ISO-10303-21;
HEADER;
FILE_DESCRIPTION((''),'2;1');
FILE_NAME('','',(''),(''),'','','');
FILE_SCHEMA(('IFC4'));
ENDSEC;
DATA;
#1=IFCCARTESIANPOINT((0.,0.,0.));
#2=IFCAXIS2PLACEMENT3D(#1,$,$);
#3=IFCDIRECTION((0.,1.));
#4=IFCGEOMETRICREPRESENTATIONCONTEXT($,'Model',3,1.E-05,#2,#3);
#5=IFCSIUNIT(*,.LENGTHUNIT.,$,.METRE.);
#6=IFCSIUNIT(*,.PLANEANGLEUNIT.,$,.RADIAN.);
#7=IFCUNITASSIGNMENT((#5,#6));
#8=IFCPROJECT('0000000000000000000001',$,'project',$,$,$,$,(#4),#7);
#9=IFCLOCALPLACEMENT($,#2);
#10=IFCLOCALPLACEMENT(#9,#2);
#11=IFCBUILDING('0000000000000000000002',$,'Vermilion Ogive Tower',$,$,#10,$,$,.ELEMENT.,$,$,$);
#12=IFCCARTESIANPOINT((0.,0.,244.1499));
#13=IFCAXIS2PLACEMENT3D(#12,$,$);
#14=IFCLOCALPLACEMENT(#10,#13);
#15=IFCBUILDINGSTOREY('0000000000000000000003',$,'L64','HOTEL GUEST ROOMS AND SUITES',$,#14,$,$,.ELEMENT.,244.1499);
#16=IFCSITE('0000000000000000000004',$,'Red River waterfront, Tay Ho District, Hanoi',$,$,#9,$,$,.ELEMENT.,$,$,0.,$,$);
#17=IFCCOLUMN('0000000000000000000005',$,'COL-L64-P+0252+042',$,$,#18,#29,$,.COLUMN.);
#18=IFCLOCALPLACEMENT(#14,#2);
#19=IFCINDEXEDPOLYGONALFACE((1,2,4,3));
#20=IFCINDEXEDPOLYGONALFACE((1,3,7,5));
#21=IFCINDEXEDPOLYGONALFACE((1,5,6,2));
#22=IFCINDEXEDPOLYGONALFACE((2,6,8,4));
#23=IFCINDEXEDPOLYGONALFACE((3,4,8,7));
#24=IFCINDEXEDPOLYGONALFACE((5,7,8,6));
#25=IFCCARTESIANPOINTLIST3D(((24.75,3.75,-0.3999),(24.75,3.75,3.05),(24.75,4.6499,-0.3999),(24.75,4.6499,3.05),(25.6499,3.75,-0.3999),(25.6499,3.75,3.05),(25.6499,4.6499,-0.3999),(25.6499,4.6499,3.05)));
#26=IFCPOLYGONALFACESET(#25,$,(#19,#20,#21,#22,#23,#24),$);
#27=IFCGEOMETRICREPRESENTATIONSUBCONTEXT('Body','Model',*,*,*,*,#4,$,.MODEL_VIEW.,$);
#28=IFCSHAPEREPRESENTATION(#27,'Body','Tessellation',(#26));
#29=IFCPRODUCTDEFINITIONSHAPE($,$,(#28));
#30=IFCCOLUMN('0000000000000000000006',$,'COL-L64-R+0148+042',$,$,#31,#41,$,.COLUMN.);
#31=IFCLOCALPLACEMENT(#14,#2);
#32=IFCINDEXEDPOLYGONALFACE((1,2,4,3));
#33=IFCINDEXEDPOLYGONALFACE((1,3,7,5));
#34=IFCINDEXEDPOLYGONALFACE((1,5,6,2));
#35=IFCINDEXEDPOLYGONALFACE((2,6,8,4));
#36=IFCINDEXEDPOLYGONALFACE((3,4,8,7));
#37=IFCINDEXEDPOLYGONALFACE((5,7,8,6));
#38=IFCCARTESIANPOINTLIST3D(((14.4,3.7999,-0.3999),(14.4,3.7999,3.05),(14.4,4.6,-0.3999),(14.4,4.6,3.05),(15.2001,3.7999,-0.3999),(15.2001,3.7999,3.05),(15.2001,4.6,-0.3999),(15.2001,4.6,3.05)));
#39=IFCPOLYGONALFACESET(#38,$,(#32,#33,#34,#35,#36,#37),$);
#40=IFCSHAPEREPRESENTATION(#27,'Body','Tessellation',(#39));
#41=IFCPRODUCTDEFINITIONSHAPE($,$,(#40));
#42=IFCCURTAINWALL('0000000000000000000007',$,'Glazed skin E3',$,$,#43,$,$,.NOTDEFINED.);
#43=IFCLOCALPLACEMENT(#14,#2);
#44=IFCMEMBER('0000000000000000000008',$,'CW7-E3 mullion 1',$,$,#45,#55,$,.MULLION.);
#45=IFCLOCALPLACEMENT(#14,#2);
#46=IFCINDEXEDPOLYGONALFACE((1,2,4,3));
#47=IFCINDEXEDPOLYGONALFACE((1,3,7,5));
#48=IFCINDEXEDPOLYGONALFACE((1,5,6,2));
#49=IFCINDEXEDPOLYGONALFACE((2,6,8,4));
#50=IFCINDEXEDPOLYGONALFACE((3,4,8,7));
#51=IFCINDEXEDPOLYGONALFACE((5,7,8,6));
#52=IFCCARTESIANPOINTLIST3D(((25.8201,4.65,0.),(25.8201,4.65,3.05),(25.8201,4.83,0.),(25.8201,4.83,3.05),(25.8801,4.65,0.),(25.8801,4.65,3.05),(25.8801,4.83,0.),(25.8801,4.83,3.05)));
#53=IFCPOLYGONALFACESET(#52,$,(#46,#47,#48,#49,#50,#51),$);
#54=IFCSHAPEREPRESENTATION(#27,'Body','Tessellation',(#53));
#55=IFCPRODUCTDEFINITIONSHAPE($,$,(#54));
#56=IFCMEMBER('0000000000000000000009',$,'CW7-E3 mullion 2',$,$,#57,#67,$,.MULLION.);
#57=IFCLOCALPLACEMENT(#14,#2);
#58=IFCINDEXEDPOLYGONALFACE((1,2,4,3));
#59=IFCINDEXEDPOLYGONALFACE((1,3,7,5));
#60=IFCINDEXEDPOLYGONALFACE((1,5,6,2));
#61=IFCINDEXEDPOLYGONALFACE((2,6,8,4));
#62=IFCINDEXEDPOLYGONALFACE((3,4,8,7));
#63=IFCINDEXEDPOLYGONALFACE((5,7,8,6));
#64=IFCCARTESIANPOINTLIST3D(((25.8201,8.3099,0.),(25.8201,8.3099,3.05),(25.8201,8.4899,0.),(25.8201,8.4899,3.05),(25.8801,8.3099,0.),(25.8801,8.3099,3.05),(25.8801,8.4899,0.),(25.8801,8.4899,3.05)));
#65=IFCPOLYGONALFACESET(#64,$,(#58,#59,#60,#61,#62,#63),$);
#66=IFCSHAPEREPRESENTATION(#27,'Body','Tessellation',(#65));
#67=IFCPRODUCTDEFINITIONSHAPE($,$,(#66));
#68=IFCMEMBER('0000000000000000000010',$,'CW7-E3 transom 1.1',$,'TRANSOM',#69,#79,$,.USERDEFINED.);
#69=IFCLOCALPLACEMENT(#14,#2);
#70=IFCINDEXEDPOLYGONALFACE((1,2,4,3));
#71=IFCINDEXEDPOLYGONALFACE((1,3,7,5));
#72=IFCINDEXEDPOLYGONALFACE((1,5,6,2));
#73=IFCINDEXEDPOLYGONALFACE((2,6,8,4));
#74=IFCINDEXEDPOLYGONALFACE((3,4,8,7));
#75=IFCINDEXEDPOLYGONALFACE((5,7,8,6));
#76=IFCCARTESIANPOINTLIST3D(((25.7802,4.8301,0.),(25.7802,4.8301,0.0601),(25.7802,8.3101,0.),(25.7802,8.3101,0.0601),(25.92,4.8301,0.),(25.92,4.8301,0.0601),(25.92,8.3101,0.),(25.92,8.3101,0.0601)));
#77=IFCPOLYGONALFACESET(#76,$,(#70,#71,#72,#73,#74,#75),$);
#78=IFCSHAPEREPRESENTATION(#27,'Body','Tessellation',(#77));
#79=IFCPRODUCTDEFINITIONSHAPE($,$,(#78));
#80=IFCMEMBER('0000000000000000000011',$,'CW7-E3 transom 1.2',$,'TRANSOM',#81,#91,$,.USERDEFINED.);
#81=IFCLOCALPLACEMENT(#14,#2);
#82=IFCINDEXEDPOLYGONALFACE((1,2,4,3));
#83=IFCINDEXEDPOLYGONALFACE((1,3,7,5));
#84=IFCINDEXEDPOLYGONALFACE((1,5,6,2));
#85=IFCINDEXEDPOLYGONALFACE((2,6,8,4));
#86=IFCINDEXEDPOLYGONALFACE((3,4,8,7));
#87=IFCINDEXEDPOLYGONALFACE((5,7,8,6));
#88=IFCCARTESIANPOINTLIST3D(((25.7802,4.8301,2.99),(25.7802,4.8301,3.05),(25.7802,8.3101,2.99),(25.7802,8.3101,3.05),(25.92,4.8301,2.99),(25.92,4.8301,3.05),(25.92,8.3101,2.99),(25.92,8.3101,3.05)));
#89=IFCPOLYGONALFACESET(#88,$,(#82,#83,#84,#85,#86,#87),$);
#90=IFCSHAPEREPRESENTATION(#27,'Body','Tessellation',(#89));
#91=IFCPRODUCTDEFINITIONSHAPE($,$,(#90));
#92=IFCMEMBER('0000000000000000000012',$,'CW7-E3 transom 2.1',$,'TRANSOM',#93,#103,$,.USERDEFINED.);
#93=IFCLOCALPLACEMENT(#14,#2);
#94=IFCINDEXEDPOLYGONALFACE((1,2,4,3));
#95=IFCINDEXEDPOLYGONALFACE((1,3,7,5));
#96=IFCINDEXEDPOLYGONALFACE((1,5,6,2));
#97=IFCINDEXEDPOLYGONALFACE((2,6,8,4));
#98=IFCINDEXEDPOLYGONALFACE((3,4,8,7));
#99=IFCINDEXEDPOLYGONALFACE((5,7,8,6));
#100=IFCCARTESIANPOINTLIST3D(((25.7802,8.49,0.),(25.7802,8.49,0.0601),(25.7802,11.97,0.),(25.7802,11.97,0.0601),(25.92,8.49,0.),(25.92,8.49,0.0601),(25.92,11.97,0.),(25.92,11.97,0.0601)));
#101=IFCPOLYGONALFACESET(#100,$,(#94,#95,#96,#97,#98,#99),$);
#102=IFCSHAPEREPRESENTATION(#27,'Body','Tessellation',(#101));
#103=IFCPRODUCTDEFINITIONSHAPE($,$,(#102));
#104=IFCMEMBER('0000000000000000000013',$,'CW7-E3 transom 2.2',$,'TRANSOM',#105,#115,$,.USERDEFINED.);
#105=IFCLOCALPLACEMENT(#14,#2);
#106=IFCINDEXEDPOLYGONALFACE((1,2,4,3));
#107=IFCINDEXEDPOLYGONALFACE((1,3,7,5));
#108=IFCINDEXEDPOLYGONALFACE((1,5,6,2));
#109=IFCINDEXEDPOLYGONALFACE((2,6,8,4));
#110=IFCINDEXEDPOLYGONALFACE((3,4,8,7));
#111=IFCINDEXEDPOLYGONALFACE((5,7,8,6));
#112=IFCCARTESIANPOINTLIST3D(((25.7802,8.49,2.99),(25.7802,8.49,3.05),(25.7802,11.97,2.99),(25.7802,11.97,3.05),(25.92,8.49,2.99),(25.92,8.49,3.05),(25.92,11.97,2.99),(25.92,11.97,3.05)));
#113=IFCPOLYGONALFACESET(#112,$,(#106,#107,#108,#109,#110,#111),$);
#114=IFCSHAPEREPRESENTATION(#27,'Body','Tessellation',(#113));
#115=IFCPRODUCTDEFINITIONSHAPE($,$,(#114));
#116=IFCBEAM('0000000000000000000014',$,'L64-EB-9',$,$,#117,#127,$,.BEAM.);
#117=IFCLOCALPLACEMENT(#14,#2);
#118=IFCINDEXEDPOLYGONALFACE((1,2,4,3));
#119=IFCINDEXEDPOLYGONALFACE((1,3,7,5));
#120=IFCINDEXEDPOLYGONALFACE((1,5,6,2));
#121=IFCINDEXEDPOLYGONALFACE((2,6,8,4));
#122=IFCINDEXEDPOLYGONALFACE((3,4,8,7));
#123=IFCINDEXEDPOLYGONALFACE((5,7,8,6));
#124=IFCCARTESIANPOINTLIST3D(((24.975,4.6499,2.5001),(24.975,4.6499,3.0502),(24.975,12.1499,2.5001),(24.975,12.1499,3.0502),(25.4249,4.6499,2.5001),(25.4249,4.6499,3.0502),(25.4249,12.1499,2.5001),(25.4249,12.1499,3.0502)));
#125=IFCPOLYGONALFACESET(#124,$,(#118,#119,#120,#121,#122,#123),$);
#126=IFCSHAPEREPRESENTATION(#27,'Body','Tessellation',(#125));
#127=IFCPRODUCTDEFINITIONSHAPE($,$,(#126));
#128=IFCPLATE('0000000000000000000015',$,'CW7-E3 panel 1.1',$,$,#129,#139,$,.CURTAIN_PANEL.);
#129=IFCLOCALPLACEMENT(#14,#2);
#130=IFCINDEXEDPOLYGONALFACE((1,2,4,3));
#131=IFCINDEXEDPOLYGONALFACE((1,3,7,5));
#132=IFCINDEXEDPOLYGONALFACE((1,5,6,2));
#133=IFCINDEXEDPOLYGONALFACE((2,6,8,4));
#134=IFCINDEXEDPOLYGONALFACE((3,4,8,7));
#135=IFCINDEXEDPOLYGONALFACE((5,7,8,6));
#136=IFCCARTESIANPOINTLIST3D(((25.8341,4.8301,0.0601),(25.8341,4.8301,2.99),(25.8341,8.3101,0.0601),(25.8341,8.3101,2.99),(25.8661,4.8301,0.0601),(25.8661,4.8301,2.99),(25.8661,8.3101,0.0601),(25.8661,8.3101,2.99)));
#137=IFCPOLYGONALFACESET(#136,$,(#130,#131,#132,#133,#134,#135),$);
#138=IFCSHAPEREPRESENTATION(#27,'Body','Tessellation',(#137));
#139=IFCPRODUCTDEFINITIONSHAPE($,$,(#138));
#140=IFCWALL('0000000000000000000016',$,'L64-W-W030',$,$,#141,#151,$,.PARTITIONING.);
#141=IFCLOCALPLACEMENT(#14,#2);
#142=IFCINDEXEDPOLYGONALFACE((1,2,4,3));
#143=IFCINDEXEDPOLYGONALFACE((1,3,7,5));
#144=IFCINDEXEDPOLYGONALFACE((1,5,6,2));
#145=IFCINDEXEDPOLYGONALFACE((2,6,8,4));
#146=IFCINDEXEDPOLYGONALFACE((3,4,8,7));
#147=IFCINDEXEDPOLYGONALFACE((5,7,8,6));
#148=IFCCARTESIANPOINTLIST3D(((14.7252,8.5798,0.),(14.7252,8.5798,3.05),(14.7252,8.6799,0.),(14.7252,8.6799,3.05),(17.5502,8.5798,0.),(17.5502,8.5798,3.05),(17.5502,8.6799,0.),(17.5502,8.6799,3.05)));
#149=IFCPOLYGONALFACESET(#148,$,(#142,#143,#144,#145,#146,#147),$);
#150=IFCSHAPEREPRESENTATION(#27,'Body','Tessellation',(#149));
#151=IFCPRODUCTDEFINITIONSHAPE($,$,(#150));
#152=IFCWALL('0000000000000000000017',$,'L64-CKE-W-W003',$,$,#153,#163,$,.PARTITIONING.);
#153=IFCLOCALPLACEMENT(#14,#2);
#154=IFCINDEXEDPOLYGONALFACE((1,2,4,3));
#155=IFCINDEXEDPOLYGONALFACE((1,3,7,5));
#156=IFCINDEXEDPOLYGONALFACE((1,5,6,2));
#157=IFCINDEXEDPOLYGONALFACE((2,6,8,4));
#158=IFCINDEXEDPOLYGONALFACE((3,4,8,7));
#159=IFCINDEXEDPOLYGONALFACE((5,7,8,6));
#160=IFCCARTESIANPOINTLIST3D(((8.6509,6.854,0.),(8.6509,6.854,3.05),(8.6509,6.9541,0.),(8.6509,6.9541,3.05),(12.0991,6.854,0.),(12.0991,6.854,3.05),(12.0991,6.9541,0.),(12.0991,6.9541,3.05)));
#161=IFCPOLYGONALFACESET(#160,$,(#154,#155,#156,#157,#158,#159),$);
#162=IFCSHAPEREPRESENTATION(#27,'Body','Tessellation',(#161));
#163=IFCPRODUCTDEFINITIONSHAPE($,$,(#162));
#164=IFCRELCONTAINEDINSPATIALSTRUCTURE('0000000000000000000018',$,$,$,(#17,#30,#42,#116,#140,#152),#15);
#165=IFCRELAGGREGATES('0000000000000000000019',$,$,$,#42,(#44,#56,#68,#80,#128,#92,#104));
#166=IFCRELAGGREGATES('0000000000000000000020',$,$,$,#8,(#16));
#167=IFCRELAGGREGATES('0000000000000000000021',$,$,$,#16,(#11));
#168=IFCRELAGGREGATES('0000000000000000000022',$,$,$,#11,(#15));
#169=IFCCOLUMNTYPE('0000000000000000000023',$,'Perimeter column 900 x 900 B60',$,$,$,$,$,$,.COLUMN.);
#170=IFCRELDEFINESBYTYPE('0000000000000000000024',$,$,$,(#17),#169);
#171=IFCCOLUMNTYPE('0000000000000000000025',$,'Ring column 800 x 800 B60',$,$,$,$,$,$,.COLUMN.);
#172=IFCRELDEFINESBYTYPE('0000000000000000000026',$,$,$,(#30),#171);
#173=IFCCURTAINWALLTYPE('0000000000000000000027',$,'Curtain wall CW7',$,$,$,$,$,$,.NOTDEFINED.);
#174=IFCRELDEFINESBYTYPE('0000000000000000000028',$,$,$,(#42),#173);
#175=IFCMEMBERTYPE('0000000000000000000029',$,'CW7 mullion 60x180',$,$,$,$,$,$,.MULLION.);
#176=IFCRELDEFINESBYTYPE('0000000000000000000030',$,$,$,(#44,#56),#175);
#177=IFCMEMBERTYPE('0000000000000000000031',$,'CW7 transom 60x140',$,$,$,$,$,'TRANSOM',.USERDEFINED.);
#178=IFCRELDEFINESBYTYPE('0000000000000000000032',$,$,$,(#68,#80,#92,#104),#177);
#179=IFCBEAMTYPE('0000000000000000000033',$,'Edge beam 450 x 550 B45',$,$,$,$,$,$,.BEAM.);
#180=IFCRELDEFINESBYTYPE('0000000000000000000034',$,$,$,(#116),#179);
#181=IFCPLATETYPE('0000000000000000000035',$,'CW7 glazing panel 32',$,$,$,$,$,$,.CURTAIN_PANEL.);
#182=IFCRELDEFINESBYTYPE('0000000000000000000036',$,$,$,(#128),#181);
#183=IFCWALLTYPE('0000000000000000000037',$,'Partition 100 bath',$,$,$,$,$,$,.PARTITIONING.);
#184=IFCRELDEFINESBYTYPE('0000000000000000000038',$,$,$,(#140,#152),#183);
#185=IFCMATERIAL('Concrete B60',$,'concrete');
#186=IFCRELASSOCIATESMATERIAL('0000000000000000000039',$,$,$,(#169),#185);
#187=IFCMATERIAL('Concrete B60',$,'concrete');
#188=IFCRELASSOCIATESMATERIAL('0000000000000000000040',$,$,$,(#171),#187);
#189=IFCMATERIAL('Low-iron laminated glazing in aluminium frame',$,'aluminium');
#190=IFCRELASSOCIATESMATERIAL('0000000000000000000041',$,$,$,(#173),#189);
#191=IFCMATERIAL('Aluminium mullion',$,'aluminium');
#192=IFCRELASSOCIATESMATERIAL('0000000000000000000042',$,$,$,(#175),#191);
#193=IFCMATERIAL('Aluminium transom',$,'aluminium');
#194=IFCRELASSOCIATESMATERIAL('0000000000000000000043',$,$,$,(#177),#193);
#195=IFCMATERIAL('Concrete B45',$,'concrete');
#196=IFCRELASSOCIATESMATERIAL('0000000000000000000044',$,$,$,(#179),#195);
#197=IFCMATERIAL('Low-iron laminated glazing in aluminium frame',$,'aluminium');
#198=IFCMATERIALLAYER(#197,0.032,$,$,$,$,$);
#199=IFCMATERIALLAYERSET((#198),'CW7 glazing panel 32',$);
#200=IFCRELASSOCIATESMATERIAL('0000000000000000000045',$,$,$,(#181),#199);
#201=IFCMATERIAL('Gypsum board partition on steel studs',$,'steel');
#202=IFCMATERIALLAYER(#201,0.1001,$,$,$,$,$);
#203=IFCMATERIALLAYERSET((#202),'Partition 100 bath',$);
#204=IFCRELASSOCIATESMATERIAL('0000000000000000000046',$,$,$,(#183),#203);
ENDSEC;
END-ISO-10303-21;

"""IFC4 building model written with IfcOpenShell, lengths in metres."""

from ifc_helpers import new_model, si_unit, direction, frame, frame_2d, origin, origin_2d, place, context, subcontext, project, spatial, rectangle, extrude, material, layer, layer_set, material_profile, profile_set, type_object, element, aggregate, save


model = new_model("IFC4")

# Units and contexts
model_context = context("Model", 3, precision=1e-05, world=origin(), true_north=direction((0.0, 1.0)))
body_context = subcontext(model_context, "Body", "Model", "MODEL_VIEW")
ifc_project = project(units=[si_unit("LENGTHUNIT", "METRE"), si_unit("PLANEANGLEUNIT", "RADIAN")], contexts=[model_context])

# Site, building, storey
site_placement = place(None, origin())
site = spatial("IfcSite", under=ifc_project, at=site_placement, Name="Red River waterfront, Tay Ho District, Hanoi", CompositionType="ELEMENT", RefElevation=0.0)
building_placement = place(site_placement, origin())
building = spatial("IfcBuilding", under=site, at=building_placement, Name="Vermilion Ogive Tower", CompositionType="ELEMENT")
storey_placement = place(building_placement, frame((0.0, 0.0, 244.1499)))
storey = spatial("IfcBuildingStorey", under=building, at=storey_placement, Name="L64", Description="HOTEL GUEST ROOMS AND SUITES", CompositionType="ELEMENT", Elevation=244.1499)

# Columns
ifc_material_1 = material(Name="Concrete B60", Category="concrete")
ifc_material_profile_1 = material_profile(ifc_material_1, rectangle(XDim=0.8999, YDim=0.8999, at=origin_2d()), Name="900 x 900")
ifc_profile_set_1 = profile_set([ifc_material_profile_1], Name="Concrete B60")
column_type_1 = type_object("IfcColumnType", Name="Perimeter column 900 x 900 B60", PredefinedType="COLUMN", material=ifc_profile_set_1)
column_1_placement = place(storey_placement, frame((25.2, 4.2, -0.3999), z_axis=(0.0, 0.0, 1.0), x_axis=(1.0, 0.0, 0.0)))
element("IfcColumn", 1, at=column_1_placement, inside=storey, type_object=column_type_1, Name="COL-L64-P+0252+042", PredefinedType="COLUMN", context=body_context, shape_type="SweptSolid", body=[
    extrude(rectangle(XDim=0.8999, YDim=0.8999, at=origin_2d()), origin(), (0.0, 0.0, 1.0), 3.45),
])
ifc_material_2 = material(Name="Concrete B60", Category="concrete")
ifc_material_profile_2 = material_profile(ifc_material_2, rectangle(XDim=0.8, YDim=0.8, at=origin_2d()), Name="800 x 800")
ifc_profile_set_2 = profile_set([ifc_material_profile_2], Name="Concrete B60")
column_type_2 = type_object("IfcColumnType", Name="Ring column 800 x 800 B60", PredefinedType="COLUMN", material=ifc_profile_set_2)
column_2_placement = place(storey_placement, frame((14.8, 4.2, -0.3999), z_axis=(0.0, 0.0, 1.0), x_axis=(1.0, 0.0, 0.0)))
element("IfcColumn", 2, at=column_2_placement, inside=storey, type_object=column_type_2, Name="COL-L64-R+0148+042", PredefinedType="COLUMN", context=body_context, shape_type="SweptSolid", body=[
    extrude(rectangle(XDim=0.8, YDim=0.8, at=origin_2d()), origin(), (0.0, 0.0, 1.0), 3.45),
])

# Curtain wall, members
ifc_material_3 = material(Name="Low-iron laminated glazing in aluminium frame", Category="aluminium")
curtain_wall_type = type_object("IfcCurtainWallType", Name="Curtain wall CW7", PredefinedType="NOTDEFINED", material=ifc_material_3)
curtain_wall_placement = place(storey_placement, origin())
curtain_wall = element("IfcCurtainWall", 3, at=curtain_wall_placement, inside=storey, type_object=curtain_wall_type, Name="Glazed skin E3", PredefinedType="NOTDEFINED")
ifc_material_4 = material(Name="Aluminium mullion", Category="aluminium")
ifc_material_profile_3 = material_profile(ifc_material_4, rectangle(XDim=0.0601, YDim=0.1799, at=origin_2d()), Name="AL 60x180")
ifc_profile_set_3 = profile_set([ifc_material_profile_3], Name="Aluminium mullion")
member_type_1 = type_object("IfcMemberType", Name="CW7 mullion 60x180", PredefinedType="MULLION", material=ifc_profile_set_3)
member_1_placement = place(storey_placement, frame((25.8501, 4.74, 0.0), z_axis=(0.0, 0.0, 1.0), x_axis=(-1.0, 0.0, 0.0)))
member_1 = element("IfcMember", 4, at=member_1_placement, type_object=member_type_1, Name="CW7-E3 mullion 1", PredefinedType="MULLION", context=body_context, shape_type="SweptSolid", body=[
    extrude(rectangle(XDim=0.0601, YDim=0.1799, at=origin_2d()), origin(), (0.0, 0.0, 1.0), 3.05),
])
member_2_placement = place(storey_placement, frame((25.8501, 8.3999, 0.0), z_axis=(0.0, 0.0, 1.0), x_axis=(-1.0, 0.0, 0.0)))
member_2 = element("IfcMember", 5, at=member_2_placement, type_object=member_type_1, Name="CW7-E3 mullion 2", PredefinedType="MULLION", context=body_context, shape_type="SweptSolid", body=[
    extrude(rectangle(XDim=0.0601, YDim=0.1799, at=origin_2d()), origin(), (0.0, 0.0, 1.0), 3.05),
])
ifc_material_5 = material(Name="Aluminium transom", Category="aluminium")
ifc_material_profile_4 = material_profile(ifc_material_5, rectangle(XDim=0.1399, YDim=0.0601, at=origin_2d()), Name="AL 60x140")
ifc_profile_set_4 = profile_set([ifc_material_profile_4], Name="Aluminium transom")
member_type_2 = type_object("IfcMemberType", Name="CW7 transom 60x140", ElementType="TRANSOM", PredefinedType="USERDEFINED", material=ifc_profile_set_4)
member_3_placement = place(storey_placement, frame((25.8501, 4.8301, 0.03), z_axis=(0.0, 1.0, 0.0), x_axis=(-1.0, 0.0, 0.0)))
member_3 = element("IfcMember", 6, at=member_3_placement, type_object=member_type_2, Name="CW7-E3 transom 1.1", ObjectType="TRANSOM", PredefinedType="USERDEFINED", context=body_context, shape_type="SweptSolid", body=[
    extrude(rectangle(XDim=0.1399, YDim=0.0601, at=origin_2d()), origin(), (0.0, 0.0, 1.0), 3.48),
])
member_4_placement = place(storey_placement, frame((25.8501, 4.8301, 3.02), z_axis=(0.0, 1.0, 0.0), x_axis=(-1.0, 0.0, 0.0)))
member_4 = element("IfcMember", 7, at=member_4_placement, type_object=member_type_2, Name="CW7-E3 transom 1.2", ObjectType="TRANSOM", PredefinedType="USERDEFINED", context=body_context, shape_type="SweptSolid", body=[
    extrude(rectangle(XDim=0.1399, YDim=0.0601, at=origin_2d()), origin(), (0.0, 0.0, 1.0), 3.48),
])
member_5_placement = place(storey_placement, frame((25.8501, 8.49, 0.03), z_axis=(0.0, 1.0, 0.0), x_axis=(-1.0, 0.0, 0.0)))
member_5 = element("IfcMember", 8, at=member_5_placement, type_object=member_type_2, Name="CW7-E3 transom 2.1", ObjectType="TRANSOM", PredefinedType="USERDEFINED", context=body_context, shape_type="SweptSolid", body=[
    extrude(rectangle(XDim=0.1399, YDim=0.0601, at=origin_2d()), origin(), (0.0, 0.0, 1.0), 3.48),
])
member_6_placement = place(storey_placement, frame((25.8501, 8.49, 3.02), z_axis=(0.0, 1.0, 0.0), x_axis=(-1.0, 0.0, 0.0)))
member_6 = element("IfcMember", 9, at=member_6_placement, type_object=member_type_2, Name="CW7-E3 transom 2.2", ObjectType="TRANSOM", PredefinedType="USERDEFINED", context=body_context, shape_type="SweptSolid", body=[
    extrude(rectangle(XDim=0.1399, YDim=0.0601, at=origin_2d()), origin(), (0.0, 0.0, 1.0), 3.48),
])

# Beam
ifc_material_6 = material(Name="Concrete B45", Category="concrete")
ifc_material_profile_5 = material_profile(ifc_material_6, rectangle(XDim=0.45, YDim=0.55, at=origin_2d()), Name="450 x 550")
ifc_profile_set_5 = profile_set([ifc_material_profile_5], Name="Concrete B45")
beam_type = type_object("IfcBeamType", Name="Edge beam 450 x 550 B45", PredefinedType="BEAM", material=ifc_profile_set_5)
beam_placement = place(storey_placement, frame((25.2, 4.6499, 2.7751), z_axis=(0.0, 1.0, 0.0), x_axis=(-1.0, 0.0, 0.0)))
element("IfcBeam", 10, at=beam_placement, inside=storey, type_object=beam_type, Name="L64-EB-9", PredefinedType="BEAM", context=body_context, shape_type="SweptSolid", body=[
    extrude(rectangle(XDim=0.45, YDim=0.55, at=origin_2d()), origin(), (0.0, 0.0, 1.0), 7.5),
])

# Plate
ifc_material_7 = material(Name="Low-iron laminated glazing in aluminium frame", Category="aluminium")
ifc_layer_1 = layer(ifc_material_7, 0.032)
ifc_layer_set_1 = layer_set([ifc_layer_1], Name="CW7 glazing panel 32")
plate_type = type_object("IfcPlateType", Name="CW7 glazing panel 32", PredefinedType="CURTAIN_PANEL", material=ifc_layer_set_1)
plate_placement = place(storey_placement, frame((25.8501, 6.5701, 0.0601), z_axis=(0.0, 0.0, 1.0), x_axis=(0.0, 1.0, 0.0)))
plate = element("IfcPlate", 11, at=plate_placement, type_object=plate_type, Name="CW7-E3 panel 1.1", PredefinedType="CURTAIN_PANEL", context=body_context, shape_type="SweptSolid", body=[
    extrude(rectangle(XDim=3.48, YDim=0.032, at=origin_2d()), origin(), (0.0, 0.0, 1.0), 2.9299),
])
aggregate(curtain_wall, [member_1, member_2, member_3, member_4, plate, member_5, member_6])

# Walls
ifc_material_8 = material(Name="Gypsum board partition on steel studs", Category="steel")
ifc_layer_2 = layer(ifc_material_8, 0.1001)
ifc_layer_set_2 = layer_set([ifc_layer_2], Name="Partition 100 bath")
wall_type_1 = type_object("IfcWallType", Name="Partition 100 bath", PredefinedType="PARTITIONING", material=ifc_layer_set_2)
wall_1_placement = place(storey_placement, frame((14.7251, 8.6299, 0.0), z_axis=(0.0, 0.0, 1.0), x_axis=(1.0, 0.0, 0.0)))
element("IfcWall", 12, at=wall_1_placement, inside=storey, type_object=wall_type_1, Name="L64-W-W030", PredefinedType="PARTITIONING", context=body_context, shape_type="SweptSolid", body=[
    extrude(rectangle(XDim=2.825, YDim=0.1001, at=frame_2d((1.4126, 0.0))), origin(), (0.0, 0.0, 1.0), 3.05),
])
wall_2_placement = place(storey_placement, frame((8.6509, 6.9041, 0.0), z_axis=(0.0, 0.0, 1.0), x_axis=(1.0, 0.0, 0.0)))
element("IfcWall", 13, at=wall_2_placement, inside=storey, type_object=wall_type_1, Name="L64-CKE-W-W003", PredefinedType="PARTITIONING", context=body_context, shape_type="SweptSolid", body=[
    extrude(rectangle(XDim=3.4482, YDim=0.1001, at=frame_2d((1.7241, 0.0))), origin(), (0.0, 0.0, 1.0), 3.05),
])

save(model, "model.ifc")
